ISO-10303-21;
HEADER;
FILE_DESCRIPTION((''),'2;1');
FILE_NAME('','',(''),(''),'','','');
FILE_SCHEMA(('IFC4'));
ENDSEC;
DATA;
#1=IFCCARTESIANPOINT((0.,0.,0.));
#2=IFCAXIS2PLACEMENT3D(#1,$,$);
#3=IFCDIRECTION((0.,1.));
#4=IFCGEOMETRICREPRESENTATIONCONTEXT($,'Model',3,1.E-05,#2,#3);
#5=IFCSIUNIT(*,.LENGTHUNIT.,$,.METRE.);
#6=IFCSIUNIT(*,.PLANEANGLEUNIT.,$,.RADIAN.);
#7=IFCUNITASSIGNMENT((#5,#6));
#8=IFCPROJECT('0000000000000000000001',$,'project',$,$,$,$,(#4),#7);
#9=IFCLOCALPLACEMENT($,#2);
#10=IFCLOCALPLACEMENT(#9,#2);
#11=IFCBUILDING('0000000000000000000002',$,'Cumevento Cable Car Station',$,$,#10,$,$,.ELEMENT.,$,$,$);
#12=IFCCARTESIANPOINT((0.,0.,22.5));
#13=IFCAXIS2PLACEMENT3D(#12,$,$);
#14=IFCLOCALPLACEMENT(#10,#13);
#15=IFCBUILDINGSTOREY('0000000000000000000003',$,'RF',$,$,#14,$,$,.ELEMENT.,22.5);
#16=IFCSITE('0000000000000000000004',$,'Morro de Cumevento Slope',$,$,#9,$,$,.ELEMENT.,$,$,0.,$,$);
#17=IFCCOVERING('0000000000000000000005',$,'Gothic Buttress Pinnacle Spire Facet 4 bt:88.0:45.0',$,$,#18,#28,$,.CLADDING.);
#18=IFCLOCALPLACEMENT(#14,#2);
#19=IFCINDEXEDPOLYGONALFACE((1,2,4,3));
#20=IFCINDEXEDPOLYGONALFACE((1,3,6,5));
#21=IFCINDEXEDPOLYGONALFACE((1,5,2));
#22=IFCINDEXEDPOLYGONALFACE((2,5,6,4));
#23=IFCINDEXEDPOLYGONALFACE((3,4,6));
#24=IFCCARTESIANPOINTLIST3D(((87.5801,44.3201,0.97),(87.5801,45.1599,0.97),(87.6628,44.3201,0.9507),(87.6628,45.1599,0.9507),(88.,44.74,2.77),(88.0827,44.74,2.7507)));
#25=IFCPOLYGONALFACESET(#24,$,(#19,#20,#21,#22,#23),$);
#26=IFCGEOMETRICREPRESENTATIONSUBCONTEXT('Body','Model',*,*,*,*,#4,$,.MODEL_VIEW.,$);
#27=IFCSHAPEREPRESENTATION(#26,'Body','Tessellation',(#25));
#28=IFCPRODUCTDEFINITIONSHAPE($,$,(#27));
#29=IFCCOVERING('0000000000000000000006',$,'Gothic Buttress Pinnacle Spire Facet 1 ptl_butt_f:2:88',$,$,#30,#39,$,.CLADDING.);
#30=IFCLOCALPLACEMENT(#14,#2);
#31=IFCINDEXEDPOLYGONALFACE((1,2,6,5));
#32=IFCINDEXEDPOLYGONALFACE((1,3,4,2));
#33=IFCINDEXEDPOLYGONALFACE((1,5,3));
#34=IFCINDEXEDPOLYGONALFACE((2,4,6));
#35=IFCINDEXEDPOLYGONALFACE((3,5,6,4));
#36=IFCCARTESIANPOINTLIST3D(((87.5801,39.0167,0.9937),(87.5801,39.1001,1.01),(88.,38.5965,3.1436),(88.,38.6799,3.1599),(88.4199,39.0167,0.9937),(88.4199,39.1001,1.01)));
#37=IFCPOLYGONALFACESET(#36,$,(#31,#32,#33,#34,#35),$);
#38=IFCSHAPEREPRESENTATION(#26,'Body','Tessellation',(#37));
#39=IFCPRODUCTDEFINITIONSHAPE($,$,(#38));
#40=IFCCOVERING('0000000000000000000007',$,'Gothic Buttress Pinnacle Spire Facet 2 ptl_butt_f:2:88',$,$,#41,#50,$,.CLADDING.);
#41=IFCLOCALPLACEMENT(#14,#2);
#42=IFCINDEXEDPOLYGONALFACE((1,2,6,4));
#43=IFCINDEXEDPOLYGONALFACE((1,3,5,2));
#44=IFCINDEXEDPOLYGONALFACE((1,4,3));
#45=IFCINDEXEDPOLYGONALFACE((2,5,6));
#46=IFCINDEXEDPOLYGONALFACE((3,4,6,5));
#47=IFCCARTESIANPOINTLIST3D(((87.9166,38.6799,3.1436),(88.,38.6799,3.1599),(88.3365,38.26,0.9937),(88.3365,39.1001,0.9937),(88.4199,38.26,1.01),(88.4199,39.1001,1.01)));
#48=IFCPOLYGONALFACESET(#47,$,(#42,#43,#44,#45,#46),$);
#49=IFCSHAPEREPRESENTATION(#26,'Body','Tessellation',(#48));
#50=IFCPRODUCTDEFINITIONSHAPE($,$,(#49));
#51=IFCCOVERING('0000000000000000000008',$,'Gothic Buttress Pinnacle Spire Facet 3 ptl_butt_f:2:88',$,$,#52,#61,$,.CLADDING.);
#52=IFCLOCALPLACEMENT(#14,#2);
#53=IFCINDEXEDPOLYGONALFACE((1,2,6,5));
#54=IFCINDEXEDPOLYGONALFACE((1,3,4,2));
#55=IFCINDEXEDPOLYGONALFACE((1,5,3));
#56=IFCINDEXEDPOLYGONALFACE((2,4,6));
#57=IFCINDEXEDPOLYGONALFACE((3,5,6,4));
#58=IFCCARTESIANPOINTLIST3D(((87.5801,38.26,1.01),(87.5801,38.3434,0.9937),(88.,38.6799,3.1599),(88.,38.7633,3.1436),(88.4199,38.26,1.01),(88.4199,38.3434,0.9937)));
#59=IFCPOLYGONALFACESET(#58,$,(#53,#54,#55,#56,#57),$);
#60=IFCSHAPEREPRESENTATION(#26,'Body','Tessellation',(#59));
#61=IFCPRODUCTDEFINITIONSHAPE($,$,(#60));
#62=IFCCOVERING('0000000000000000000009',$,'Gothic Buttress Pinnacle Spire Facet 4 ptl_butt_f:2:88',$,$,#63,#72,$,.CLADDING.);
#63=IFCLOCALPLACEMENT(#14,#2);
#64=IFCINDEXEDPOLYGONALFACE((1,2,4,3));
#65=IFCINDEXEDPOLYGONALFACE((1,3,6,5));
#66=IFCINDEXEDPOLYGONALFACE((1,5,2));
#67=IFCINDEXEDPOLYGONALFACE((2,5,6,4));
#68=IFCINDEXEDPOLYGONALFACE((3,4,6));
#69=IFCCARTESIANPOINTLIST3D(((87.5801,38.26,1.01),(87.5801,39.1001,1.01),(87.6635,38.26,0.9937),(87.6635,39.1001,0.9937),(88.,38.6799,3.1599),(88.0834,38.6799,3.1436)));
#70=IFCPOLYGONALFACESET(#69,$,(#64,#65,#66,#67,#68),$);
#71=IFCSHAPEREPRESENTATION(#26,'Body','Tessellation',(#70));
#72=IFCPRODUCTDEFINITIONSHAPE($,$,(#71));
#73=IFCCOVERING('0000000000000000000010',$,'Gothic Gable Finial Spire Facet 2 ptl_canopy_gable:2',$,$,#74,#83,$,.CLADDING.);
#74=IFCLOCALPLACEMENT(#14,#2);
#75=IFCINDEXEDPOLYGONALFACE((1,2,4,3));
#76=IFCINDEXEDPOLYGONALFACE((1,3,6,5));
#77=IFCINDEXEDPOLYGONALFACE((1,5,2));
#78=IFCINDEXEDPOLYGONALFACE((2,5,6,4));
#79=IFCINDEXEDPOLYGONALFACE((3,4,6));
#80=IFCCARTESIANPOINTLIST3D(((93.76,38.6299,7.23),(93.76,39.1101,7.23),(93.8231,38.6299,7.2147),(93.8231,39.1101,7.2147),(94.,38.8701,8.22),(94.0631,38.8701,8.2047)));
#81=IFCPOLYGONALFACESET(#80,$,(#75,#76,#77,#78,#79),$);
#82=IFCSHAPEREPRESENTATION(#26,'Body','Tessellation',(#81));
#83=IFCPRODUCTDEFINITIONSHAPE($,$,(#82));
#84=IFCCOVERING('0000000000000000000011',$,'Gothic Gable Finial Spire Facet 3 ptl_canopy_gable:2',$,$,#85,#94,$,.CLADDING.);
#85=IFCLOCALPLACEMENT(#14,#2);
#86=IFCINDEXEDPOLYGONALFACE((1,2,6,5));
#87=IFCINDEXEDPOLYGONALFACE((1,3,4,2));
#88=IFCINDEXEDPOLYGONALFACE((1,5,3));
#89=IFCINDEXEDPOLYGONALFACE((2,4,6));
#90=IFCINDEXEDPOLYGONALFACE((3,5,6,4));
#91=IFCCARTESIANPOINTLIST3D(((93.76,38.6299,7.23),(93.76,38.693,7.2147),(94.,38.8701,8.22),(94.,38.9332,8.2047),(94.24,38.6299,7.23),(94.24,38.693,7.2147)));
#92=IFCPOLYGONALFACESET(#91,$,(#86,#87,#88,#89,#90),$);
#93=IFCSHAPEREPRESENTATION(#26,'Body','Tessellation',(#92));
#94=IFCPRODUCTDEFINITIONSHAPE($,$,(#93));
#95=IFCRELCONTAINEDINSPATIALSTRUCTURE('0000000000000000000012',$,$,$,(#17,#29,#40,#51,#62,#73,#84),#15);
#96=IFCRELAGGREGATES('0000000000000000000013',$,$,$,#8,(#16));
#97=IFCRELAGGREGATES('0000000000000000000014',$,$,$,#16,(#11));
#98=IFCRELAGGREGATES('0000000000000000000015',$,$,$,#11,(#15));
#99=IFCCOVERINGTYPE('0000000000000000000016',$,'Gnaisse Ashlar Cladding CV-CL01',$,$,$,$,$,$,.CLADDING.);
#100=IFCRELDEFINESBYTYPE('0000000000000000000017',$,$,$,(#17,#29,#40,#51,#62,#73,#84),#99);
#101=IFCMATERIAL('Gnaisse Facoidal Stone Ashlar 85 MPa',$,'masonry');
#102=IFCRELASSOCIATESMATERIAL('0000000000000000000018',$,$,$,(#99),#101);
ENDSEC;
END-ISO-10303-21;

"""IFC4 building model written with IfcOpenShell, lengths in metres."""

from ifc_helpers import new_model, si_unit, direction, frame, origin, place, context, subcontext, project, spatial, polyline, outline, extrude, material, type_object, element, save


model = new_model("IFC4")

# Units and contexts
model_context = context("Model", 3, precision=1e-05, world=origin(), true_north=direction((0.0, 1.0)))
body_context = subcontext(model_context, "Body", "Model", "MODEL_VIEW")
ifc_project = project(units=[si_unit("LENGTHUNIT", "METRE"), si_unit("PLANEANGLEUNIT", "RADIAN")], contexts=[model_context])

# Site, building, storey
site_placement = place(None, origin())
site = spatial("IfcSite", under=ifc_project, at=site_placement, Name="Morro de Cumevento Slope", CompositionType="ELEMENT", RefElevation=0.0)
building_placement = place(site_placement, origin())
building = spatial("IfcBuilding", under=site, at=building_placement, Name="Cumevento Cable Car Station", CompositionType="ELEMENT")
storey_placement = place(building_placement, frame((0.0, 0.0, 22.5)))
storey = spatial("IfcBuildingStorey", under=building, at=storey_placement, Name="RF", CompositionType="ELEMENT", Elevation=22.5)

# Coverings
ifc_material_1 = material(Name="Gnaisse Facoidal Stone Ashlar 85 MPa", Category="masonry")
covering_type_1 = type_object("IfcCoveringType", Name="Gnaisse Ashlar Cladding CV-CL01", PredefinedType="CLADDING", material=ifc_material_1)
for number, where, z_axis, x_axis, name in (
    (1, (87.5801, 44.3201, 0.97), (-0.973852, 0.0, 0.227184), (0.0, 1.0, 0.0), "Gothic Buttress Pinnacle Spire Facet 4 bt:88.0:45.0"),
):
    element("IfcCovering", number, at=place(storey_placement, frame(where, z_axis=z_axis, x_axis=x_axis)), inside=storey, type_object=covering_type_1, Name=name, PredefinedType="CLADDING", context=body_context, shape_type="SweptSolid", body=[
        extrude(outline(polyline([(0.0, 0.0), (0.8398, 0.0), (0.4199, -1.8484), (0.0, 0.0)])), origin(), (0.0, 0.0, -1.0), 0.085),
    ])
covering_1_placement = place(storey_placement, frame((87.5801, 39.1001, 1.01), z_axis=(0.0, 0.981433, 0.191806), x_axis=(1.0, 0.0, 0.0)))
element("IfcCovering", 2, at=covering_1_placement, inside=storey, type_object=covering_type_1, Name="Gothic Buttress Pinnacle Spire Facet 1 ptl_butt_f:2:88", PredefinedType="CLADDING", context=body_context, shape_type="SweptSolid", body=[
    extrude(outline(polyline([(0.0, 0.0), (0.8398, 0.0), (0.4199, -2.1906), (0.0, 0.0)])), origin(), (0.0, 0.0, -1.0), 0.085),
])
covering_2_placement = place(storey_placement, frame((88.4199, 39.1001, 1.01), z_axis=(0.981454, 0.0, 0.191699), x_axis=(0.0, -1.0, 0.0)))
element("IfcCovering", 3, at=covering_2_placement, inside=storey, type_object=covering_type_1, Name="Gothic Buttress Pinnacle Spire Facet 2 ptl_butt_f:2:88", PredefinedType="CLADDING", context=body_context, shape_type="SweptSolid", body=[
    extrude(outline(polyline([(0.0, 0.0), (0.8401, 0.0), (0.4202, -2.1905), (0.0, 0.0)])), origin(), (0.0, 0.0, -1.0), 0.085),
])
covering_3_placement = place(storey_placement, frame((88.4199, 38.26, 1.01), z_axis=(0.0, -0.981454, 0.191699), x_axis=(-1.0, 0.0, 0.0)))
element("IfcCovering", 4, at=covering_3_placement, inside=storey, type_object=covering_type_1, Name="Gothic Buttress Pinnacle Spire Facet 3 ptl_butt_f:2:88", PredefinedType="CLADDING", context=body_context, shape_type="SweptSolid", body=[
    extrude(outline(polyline([(0.0, 0.0), (0.8398, 0.0), (0.4199, -2.1905), (0.0, 0.0)])), origin(), (0.0, 0.0, -1.0), 0.085),
])
covering_4_placement = place(storey_placement, frame((87.5801, 38.26, 1.01), z_axis=(-0.981454, 0.0, 0.191699), x_axis=(0.0, 1.0, 0.0)))
element("IfcCovering", 5, at=covering_4_placement, inside=storey, type_object=covering_type_1, Name="Gothic Buttress Pinnacle Spire Facet 4 ptl_butt_f:2:88", PredefinedType="CLADDING", context=body_context, shape_type="SweptSolid", body=[
    extrude(outline(polyline([(0.0, 0.0), (0.8401, 0.0), (0.4199, -2.1905), (0.0, 0.0)])), origin(), (0.0, 0.0, -1.0), 0.085),
])
covering_5_placement = place(storey_placement, frame((93.76, 39.1101, 7.23), z_axis=(-0.971852, 0.0, 0.235593), x_axis=(0.0, -1.0, 0.0)))
element("IfcCovering", 6, at=covering_5_placement, inside=storey, type_object=covering_type_1, Name="Gothic Gable Finial Spire Facet 2 ptl_canopy_gable:2", PredefinedType="CLADDING", context=body_context, shape_type="SweptSolid", body=[
    extrude(outline(polyline([(0.0, 0.0), (0.4802, 0.0), (0.24, 1.0187), (0.0, 0.0)])), origin(), (0.0, 0.0, -1.0), 0.0649),
])
covering_6_placement = place(storey_placement, frame((93.76, 38.6299, 7.23), z_axis=(0.0, -0.971797, 0.23582), x_axis=(1.0, 0.0, 0.0)))
element("IfcCovering", 7, at=covering_6_placement, inside=storey, type_object=covering_type_1, Name="Gothic Gable Finial Spire Facet 3 ptl_canopy_gable:2", PredefinedType="CLADDING", context=body_context, shape_type="SweptSolid", body=[
    extrude(outline(polyline([(0.0, 0.0), (0.48, 0.0), (0.24, 1.0187), (0.0, 0.0)])), origin(), (0.0, 0.0, -1.0), 0.0649),
])

save(model, "model.ifc")
